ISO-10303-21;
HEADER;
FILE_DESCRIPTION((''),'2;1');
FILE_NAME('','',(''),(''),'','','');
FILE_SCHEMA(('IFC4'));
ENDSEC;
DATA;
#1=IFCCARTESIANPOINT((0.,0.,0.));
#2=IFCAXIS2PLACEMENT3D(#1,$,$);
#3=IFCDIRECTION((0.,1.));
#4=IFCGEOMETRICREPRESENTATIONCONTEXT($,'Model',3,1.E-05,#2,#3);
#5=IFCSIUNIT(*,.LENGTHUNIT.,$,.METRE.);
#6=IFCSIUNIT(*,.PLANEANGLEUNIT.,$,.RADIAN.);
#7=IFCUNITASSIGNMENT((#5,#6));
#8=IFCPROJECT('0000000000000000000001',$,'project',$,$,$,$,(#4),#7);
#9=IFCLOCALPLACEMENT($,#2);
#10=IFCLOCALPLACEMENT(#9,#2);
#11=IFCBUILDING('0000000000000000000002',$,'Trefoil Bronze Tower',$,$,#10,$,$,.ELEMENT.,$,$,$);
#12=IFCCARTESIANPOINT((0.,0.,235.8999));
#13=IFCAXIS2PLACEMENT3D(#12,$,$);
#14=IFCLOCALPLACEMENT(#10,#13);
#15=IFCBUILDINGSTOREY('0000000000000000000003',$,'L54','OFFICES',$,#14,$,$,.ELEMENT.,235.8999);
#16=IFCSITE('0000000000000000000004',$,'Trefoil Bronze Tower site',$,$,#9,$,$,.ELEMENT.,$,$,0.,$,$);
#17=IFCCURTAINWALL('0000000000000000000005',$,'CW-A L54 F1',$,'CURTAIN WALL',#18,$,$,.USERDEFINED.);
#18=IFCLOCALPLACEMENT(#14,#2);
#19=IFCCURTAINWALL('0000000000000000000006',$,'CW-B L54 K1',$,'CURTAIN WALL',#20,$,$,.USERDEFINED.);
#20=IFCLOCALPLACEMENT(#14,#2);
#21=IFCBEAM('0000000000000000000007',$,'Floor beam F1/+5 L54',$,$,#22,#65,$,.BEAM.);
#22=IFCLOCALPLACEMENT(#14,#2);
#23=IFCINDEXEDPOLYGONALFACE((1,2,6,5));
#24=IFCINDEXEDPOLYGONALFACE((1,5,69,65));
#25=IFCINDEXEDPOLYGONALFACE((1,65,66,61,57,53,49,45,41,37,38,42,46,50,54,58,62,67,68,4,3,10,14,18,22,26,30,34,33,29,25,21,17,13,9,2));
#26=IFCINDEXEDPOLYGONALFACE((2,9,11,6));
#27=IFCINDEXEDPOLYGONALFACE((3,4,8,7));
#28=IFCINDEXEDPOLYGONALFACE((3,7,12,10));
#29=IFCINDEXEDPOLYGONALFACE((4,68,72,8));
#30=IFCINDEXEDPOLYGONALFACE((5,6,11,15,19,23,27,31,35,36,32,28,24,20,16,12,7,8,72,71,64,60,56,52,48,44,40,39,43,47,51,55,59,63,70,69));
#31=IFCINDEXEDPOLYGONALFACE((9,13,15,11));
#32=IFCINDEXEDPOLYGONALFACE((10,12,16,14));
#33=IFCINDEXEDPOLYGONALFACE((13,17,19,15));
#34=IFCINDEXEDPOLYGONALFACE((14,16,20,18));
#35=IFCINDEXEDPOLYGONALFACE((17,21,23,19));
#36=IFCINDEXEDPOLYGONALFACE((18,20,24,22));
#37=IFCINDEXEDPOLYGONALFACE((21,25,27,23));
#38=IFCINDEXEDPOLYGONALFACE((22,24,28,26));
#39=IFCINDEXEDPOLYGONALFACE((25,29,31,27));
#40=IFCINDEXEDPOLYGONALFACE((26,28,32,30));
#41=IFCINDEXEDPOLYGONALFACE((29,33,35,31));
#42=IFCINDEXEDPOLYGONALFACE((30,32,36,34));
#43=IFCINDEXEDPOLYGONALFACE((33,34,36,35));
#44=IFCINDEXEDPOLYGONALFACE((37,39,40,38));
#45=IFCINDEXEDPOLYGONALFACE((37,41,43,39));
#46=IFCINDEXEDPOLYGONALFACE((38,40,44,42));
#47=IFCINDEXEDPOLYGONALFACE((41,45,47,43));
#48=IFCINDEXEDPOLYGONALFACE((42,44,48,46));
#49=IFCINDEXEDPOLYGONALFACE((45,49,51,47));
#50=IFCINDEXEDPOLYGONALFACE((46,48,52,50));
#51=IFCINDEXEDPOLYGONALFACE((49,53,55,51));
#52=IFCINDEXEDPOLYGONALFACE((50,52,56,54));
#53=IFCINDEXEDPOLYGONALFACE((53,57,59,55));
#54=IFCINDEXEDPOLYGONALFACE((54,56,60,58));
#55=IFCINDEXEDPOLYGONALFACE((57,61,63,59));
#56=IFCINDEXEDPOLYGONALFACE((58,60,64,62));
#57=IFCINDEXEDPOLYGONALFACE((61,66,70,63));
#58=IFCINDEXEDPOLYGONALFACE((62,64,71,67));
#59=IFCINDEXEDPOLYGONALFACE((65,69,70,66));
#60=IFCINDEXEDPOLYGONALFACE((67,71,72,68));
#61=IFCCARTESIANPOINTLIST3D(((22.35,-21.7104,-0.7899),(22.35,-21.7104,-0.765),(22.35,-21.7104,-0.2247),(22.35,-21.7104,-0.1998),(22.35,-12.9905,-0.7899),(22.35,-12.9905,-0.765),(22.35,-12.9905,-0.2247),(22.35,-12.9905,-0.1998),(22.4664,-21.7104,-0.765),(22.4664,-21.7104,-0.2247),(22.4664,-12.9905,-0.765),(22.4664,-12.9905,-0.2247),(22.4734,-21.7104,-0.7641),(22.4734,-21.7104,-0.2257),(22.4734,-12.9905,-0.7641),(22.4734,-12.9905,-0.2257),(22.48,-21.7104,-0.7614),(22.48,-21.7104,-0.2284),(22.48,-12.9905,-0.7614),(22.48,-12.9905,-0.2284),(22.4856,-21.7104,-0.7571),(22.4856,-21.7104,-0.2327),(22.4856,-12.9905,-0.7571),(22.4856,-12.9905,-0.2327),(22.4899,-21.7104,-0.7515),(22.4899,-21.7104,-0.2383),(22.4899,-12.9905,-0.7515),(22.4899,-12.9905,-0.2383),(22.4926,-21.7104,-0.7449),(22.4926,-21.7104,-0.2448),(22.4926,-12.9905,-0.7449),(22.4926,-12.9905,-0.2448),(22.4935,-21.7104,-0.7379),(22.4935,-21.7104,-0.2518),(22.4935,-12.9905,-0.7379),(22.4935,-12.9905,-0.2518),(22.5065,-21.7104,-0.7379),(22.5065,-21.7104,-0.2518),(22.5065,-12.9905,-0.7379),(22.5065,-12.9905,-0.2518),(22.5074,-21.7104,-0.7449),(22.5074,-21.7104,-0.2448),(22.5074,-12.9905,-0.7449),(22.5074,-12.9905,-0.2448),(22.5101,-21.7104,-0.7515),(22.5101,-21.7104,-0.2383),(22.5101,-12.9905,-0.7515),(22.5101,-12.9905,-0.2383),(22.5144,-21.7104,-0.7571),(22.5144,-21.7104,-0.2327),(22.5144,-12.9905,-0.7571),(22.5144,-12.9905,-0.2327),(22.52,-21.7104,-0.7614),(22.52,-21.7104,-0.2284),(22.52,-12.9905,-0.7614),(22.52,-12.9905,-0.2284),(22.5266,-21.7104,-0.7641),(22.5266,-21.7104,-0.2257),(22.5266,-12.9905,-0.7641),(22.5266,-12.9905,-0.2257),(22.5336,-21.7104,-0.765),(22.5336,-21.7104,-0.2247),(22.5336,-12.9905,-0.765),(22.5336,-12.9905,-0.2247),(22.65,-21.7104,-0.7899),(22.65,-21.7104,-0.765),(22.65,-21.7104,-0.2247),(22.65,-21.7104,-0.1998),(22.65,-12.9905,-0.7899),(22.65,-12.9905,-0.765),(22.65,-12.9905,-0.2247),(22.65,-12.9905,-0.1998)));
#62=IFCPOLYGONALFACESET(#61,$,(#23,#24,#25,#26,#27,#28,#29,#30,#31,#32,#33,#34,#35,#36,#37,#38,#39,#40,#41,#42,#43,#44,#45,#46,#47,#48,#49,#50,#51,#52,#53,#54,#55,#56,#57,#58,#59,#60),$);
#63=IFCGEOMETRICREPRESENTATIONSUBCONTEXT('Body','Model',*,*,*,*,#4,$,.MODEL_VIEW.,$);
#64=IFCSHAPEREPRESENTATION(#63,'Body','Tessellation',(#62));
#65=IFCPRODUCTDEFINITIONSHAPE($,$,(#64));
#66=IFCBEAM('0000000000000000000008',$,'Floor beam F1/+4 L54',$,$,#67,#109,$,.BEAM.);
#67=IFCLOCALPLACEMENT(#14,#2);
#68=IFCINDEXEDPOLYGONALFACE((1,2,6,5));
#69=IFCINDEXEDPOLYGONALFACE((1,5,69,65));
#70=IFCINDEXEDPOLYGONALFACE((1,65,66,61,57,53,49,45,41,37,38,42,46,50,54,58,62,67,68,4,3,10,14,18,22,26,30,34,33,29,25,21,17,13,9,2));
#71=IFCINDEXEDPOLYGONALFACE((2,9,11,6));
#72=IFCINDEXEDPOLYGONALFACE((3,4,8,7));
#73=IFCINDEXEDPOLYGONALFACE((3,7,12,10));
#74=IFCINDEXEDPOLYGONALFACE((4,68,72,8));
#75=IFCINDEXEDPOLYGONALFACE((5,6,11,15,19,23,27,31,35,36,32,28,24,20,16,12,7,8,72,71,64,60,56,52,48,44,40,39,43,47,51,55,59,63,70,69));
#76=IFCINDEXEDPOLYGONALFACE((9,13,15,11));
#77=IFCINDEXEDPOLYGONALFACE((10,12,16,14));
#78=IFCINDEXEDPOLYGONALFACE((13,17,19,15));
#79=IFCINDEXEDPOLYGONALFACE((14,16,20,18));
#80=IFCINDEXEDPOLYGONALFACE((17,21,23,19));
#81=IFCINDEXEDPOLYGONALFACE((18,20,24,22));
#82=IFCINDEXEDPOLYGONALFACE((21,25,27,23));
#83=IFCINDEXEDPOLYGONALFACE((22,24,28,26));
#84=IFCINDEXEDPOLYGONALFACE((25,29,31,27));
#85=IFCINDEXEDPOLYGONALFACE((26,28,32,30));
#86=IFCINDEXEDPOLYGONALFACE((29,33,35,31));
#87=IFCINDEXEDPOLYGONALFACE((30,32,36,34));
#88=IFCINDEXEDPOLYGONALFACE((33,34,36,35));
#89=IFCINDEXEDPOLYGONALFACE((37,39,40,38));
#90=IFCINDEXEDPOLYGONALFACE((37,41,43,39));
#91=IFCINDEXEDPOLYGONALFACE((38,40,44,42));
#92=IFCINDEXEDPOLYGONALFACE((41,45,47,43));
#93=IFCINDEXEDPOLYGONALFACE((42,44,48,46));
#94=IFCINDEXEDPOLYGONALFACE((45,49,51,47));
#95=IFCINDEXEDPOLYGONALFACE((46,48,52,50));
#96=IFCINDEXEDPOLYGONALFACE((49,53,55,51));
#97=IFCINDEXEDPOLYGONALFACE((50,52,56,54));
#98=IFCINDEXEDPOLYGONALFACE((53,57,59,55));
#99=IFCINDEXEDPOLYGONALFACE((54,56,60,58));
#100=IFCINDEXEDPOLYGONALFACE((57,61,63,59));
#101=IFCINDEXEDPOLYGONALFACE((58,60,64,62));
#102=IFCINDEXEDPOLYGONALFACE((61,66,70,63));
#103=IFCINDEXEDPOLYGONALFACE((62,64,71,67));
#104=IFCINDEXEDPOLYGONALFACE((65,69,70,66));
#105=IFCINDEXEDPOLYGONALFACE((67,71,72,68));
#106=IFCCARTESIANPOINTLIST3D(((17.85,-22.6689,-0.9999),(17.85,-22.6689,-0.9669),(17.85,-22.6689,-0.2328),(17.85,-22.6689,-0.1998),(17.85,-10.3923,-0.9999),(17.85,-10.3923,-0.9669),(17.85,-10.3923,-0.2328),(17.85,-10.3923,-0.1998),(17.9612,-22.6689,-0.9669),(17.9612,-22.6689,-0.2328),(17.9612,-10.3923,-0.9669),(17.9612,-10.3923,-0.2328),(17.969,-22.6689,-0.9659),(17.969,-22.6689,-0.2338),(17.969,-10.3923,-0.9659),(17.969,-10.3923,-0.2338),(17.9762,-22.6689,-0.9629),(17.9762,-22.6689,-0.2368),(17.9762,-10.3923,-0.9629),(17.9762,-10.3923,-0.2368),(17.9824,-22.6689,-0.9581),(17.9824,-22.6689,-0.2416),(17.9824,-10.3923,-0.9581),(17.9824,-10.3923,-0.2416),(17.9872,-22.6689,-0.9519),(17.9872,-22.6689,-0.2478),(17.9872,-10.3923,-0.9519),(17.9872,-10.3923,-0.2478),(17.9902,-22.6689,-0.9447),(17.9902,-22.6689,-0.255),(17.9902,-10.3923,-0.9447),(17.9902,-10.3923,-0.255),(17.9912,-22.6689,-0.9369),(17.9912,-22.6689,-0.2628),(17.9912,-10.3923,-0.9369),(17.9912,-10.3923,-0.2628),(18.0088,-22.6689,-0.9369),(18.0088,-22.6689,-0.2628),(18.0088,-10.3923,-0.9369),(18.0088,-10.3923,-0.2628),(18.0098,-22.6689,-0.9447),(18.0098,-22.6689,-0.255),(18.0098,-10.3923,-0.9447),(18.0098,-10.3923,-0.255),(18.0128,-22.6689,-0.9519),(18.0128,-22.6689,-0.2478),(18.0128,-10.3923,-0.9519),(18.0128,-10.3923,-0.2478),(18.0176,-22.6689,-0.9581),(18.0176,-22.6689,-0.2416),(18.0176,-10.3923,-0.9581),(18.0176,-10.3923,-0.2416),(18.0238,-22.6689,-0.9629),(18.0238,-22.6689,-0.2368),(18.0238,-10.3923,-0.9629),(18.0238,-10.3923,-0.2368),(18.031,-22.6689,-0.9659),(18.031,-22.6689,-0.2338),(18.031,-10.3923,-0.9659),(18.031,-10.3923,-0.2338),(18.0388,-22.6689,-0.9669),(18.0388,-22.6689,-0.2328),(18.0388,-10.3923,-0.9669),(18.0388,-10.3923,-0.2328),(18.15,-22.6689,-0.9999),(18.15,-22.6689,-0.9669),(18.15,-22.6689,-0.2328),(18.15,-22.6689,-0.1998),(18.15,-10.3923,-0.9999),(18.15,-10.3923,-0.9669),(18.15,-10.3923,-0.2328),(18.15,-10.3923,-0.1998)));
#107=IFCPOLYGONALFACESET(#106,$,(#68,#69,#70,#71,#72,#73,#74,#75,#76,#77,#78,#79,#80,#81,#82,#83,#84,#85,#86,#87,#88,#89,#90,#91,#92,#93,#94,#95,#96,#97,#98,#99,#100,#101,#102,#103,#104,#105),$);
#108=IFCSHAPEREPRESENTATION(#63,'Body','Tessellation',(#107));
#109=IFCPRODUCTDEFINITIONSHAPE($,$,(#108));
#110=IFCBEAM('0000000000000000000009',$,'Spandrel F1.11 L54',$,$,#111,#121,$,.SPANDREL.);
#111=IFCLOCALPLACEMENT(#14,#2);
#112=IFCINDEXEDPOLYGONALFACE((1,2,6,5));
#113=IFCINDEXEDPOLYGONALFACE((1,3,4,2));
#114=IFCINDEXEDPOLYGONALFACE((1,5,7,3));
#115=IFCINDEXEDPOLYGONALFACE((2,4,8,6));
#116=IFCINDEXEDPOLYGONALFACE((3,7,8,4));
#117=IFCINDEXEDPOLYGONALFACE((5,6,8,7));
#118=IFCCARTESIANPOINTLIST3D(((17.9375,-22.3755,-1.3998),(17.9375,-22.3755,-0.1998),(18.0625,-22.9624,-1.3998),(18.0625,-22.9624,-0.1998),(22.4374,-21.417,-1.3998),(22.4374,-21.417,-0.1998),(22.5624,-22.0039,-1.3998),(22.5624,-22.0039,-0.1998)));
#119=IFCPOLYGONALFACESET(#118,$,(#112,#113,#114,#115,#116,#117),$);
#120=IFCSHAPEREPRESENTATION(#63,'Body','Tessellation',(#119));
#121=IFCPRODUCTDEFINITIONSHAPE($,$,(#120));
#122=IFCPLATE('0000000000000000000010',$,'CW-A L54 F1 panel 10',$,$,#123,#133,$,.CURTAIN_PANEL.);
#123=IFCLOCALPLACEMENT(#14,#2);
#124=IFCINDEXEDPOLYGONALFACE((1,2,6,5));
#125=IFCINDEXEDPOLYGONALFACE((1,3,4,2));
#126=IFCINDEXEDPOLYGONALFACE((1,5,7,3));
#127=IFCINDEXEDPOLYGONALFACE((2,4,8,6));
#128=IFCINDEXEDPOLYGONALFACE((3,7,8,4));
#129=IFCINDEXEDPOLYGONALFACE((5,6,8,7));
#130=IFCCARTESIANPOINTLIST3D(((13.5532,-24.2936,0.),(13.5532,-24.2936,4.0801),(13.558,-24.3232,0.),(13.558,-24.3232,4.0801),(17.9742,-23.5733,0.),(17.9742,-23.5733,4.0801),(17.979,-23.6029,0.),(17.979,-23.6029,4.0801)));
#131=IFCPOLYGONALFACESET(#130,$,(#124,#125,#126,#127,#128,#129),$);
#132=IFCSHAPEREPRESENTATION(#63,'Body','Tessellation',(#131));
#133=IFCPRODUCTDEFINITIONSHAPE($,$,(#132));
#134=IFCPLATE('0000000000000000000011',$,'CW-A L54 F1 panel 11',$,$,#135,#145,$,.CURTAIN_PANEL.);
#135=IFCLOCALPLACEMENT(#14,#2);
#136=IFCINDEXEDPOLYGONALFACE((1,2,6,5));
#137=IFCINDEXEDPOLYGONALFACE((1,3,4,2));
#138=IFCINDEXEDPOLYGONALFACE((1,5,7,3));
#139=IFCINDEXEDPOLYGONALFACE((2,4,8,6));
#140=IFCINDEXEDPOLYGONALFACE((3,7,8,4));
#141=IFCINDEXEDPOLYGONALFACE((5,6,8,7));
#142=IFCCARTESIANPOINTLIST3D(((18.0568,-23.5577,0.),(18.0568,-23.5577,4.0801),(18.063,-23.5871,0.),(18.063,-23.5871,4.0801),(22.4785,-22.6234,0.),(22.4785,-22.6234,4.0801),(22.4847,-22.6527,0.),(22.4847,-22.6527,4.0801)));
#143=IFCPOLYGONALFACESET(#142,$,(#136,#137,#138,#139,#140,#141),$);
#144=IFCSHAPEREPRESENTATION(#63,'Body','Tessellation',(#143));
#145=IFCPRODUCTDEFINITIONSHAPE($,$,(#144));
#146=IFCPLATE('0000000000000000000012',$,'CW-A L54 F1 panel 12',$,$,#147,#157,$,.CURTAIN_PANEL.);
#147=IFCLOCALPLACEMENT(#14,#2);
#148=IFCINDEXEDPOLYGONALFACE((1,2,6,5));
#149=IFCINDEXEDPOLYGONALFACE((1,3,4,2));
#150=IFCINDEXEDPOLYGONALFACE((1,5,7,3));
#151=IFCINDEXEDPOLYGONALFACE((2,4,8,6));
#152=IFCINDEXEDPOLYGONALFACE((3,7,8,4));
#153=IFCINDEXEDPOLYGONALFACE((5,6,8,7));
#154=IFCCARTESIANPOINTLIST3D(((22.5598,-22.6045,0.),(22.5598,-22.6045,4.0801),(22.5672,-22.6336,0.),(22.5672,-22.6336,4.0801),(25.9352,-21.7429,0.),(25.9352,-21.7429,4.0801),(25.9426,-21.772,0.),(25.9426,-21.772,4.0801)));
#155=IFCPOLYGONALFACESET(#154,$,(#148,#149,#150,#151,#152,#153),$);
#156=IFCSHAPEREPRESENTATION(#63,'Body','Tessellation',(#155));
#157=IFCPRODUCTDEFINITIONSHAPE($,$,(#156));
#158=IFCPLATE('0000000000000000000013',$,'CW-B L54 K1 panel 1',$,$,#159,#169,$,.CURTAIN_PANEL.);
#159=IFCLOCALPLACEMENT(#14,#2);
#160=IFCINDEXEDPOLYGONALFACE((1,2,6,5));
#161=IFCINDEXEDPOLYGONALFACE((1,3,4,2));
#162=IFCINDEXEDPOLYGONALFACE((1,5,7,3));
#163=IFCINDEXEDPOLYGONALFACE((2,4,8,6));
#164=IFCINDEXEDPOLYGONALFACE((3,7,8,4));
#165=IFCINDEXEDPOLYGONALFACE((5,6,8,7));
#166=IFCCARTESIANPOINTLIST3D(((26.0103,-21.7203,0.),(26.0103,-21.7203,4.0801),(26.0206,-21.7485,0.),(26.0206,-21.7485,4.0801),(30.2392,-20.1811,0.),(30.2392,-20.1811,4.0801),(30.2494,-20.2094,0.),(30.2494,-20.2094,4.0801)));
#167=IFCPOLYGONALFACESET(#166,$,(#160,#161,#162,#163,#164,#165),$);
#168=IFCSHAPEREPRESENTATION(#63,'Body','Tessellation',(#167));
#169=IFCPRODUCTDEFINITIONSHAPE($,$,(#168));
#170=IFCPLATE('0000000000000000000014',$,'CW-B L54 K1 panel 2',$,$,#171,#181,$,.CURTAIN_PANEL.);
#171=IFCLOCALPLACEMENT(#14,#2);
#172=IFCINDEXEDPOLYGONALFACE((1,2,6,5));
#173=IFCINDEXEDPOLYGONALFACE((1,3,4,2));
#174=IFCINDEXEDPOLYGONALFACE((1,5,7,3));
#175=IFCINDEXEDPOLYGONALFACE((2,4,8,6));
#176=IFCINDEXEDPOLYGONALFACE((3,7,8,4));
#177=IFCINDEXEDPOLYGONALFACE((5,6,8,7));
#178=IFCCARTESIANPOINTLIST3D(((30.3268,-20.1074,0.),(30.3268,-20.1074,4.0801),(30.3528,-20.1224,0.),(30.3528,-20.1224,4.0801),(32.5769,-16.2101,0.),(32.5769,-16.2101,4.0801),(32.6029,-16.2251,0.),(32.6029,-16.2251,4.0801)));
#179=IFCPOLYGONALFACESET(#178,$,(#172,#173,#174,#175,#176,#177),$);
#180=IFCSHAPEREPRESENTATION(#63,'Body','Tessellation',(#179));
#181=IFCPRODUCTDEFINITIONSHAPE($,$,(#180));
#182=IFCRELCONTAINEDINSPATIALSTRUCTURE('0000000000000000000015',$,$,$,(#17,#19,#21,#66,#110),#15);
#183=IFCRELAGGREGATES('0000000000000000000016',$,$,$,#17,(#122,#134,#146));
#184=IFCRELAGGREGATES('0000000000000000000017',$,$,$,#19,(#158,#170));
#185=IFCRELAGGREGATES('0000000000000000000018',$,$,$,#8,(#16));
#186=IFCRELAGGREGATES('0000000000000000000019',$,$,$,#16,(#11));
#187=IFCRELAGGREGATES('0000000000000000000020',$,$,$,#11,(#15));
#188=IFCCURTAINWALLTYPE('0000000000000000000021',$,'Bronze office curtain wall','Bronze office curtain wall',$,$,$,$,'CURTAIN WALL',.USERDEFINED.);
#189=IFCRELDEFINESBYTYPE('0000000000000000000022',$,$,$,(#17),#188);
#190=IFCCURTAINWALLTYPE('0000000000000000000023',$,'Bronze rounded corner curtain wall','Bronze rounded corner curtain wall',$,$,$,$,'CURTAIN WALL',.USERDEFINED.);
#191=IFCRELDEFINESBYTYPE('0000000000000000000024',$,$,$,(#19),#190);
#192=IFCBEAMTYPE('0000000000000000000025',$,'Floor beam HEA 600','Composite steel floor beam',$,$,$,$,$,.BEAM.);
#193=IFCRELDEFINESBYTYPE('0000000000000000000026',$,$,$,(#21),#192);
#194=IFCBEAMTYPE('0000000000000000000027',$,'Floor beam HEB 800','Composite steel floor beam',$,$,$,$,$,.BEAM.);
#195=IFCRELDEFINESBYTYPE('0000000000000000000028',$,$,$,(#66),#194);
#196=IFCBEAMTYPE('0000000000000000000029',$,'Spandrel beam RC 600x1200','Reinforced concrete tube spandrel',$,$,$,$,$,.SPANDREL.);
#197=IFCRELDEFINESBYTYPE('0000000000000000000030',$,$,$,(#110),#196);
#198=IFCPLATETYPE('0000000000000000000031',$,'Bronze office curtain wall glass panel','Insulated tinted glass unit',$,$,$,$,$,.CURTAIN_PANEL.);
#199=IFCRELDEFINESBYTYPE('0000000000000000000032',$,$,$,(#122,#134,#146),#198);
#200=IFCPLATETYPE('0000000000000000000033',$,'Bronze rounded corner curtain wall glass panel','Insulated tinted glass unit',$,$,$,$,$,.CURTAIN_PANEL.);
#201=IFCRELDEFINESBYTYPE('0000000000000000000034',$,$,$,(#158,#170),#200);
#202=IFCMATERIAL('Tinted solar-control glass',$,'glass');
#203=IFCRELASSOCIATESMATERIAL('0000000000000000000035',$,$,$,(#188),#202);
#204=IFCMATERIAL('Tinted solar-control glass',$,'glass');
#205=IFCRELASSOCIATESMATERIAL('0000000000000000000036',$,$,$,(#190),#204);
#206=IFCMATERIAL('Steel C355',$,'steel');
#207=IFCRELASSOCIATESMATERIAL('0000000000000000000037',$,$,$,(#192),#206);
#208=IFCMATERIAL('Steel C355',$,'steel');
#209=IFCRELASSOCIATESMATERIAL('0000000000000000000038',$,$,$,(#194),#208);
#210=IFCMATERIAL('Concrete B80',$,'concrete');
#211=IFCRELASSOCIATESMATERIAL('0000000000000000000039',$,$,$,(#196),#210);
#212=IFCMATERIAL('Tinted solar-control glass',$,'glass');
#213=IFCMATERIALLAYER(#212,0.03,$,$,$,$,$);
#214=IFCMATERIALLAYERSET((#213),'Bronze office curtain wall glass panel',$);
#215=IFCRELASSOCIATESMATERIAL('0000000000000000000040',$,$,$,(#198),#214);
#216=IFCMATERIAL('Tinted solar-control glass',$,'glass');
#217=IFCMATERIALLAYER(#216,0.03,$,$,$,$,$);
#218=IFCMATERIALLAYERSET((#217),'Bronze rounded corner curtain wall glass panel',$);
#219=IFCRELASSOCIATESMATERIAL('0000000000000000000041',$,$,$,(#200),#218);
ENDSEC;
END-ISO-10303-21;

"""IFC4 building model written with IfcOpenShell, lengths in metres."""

from ifc_helpers import new_model, si_unit, direction, frame, origin, origin_2d, place, context, subcontext, project, spatial, rectangle, i_section, extrude, material, layer, layer_set, material_profile, profile_set, type_object, element, aggregate, save


model = new_model("IFC4")

# Units and contexts
model_context = context("Model", 3, precision=1e-05, world=origin(), true_north=direction((0.0, 1.0)))
body_context = subcontext(model_context, "Body", "Model", "MODEL_VIEW")
ifc_project = project(units=[si_unit("LENGTHUNIT", "METRE"), si_unit("PLANEANGLEUNIT", "RADIAN")], contexts=[model_context])

# Site, building, storey
site_placement = place(None, origin())
site = spatial("IfcSite", under=ifc_project, at=site_placement, Name="Trefoil Bronze Tower site", CompositionType="ELEMENT", RefElevation=0.0)
building_placement = place(site_placement, origin())
building = spatial("IfcBuilding", under=site, at=building_placement, Name="Trefoil Bronze Tower", CompositionType="ELEMENT")
storey_placement = place(building_placement, frame((0.0, 0.0, 235.8999)))
storey = spatial("IfcBuildingStorey", under=building, at=storey_placement, Name="L54", Description="OFFICES", CompositionType="ELEMENT", Elevation=235.8999)

# Curtain walls
ifc_material_1 = material(Name="Tinted solar-control glass", Category="glass")
curtain_wall_type_1 = type_object("IfcCurtainWallType", Name="Bronze office curtain wall", Description="Bronze office curtain wall", ElementType="CURTAIN WALL", PredefinedType="USERDEFINED", material=ifc_material_1)
curtain_wall_1_placement = place(storey_placement, origin())
curtain_wall_1 = element("IfcCurtainWall", 1, at=curtain_wall_1_placement, inside=storey, type_object=curtain_wall_type_1, Name="CW-A L54 F1", ObjectType="CURTAIN WALL", PredefinedType="USERDEFINED")
ifc_material_2 = material(Name="Tinted solar-control glass", Category="glass")
curtain_wall_type_2 = type_object("IfcCurtainWallType", Name="Bronze rounded corner curtain wall", Description="Bronze rounded corner curtain wall", ElementType="CURTAIN WALL", PredefinedType="USERDEFINED", material=ifc_material_2)
curtain_wall_2_placement = place(storey_placement, origin())
curtain_wall_2 = element("IfcCurtainWall", 2, at=curtain_wall_2_placement, inside=storey, type_object=curtain_wall_type_2, Name="CW-B L54 K1", ObjectType="CURTAIN WALL", PredefinedType="USERDEFINED")

# Beams
ifc_material_3 = material(Name="Steel C355", Category="steel")
ifc_material_profile_1 = material_profile(ifc_material_3, i_section(OverallWidth=0.3, OverallDepth=0.5901, WebThickness=0.0129, FlangeThickness=0.0249, FilletRadius=0.0271, at=origin_2d()), Name="HEA 600")
ifc_profile_set_1 = profile_set([ifc_material_profile_1], Name="Steel C355")
beam_type_1 = type_object("IfcBeamType", Name="Floor beam HEA 600", Description="Composite steel floor beam", PredefinedType="BEAM", material=ifc_profile_set_1)
beam_1_placement = place(storey_placement, frame((22.5, -21.7104, -0.4949), z_axis=(0.0, 1.0, 0.0), x_axis=(-1.0, 0.0, 0.0)))
element("IfcBeam", 3, at=beam_1_placement, inside=storey, type_object=beam_type_1, Name="Floor beam F1/+5 L54", PredefinedType="BEAM", context=body_context, shape_type="SweptSolid", body=[
    extrude(i_section(OverallWidth=0.3, OverallDepth=0.5901, WebThickness=0.0129, FlangeThickness=0.0249, FilletRadius=0.0271, at=origin_2d()), origin(), (0.0, 0.0, 1.0), 8.72),
])
ifc_material_4 = material(Name="Steel C355", Category="steel")
ifc_material_profile_2 = material_profile(ifc_material_4, i_section(OverallWidth=0.3, OverallDepth=0.8, WebThickness=0.0176, FlangeThickness=0.033, FilletRadius=0.03, at=origin_2d()), Name="HEB 800")
ifc_profile_set_2 = profile_set([ifc_material_profile_2], Name="Steel C355")
beam_type_2 = type_object("IfcBeamType", Name="Floor beam HEB 800", Description="Composite steel floor beam", PredefinedType="BEAM", material=ifc_profile_set_2)
beam_2_placement = place(storey_placement, frame((18.0, -22.6689, -0.5999), z_axis=(0.0, 1.0, 0.0), x_axis=(-1.0, 0.0, 0.0)))
element("IfcBeam", 4, at=beam_2_placement, inside=storey, type_object=beam_type_2, Name="Floor beam F1/+4 L54", PredefinedType="BEAM", context=body_context, shape_type="SweptSolid", body=[
    extrude(i_section(OverallWidth=0.3, OverallDepth=0.8, WebThickness=0.0176, FlangeThickness=0.033, FilletRadius=0.03, at=origin_2d()), origin(), (0.0, 0.0, 1.0), 12.2766),
])
ifc_material_5 = material(Name="Concrete B80", Category="concrete")
ifc_material_profile_3 = material_profile(ifc_material_5, rectangle(XDim=0.6001, YDim=1.2, at=origin_2d()), Name="RC 600x1200")
ifc_profile_set_3 = profile_set([ifc_material_profile_3], Name="Concrete B80")
beam_type_3 = type_object("IfcBeamType", Name="Spandrel beam RC 600x1200", Description="Reinforced concrete tube spandrel", PredefinedType="SPANDREL", material=ifc_profile_set_3)
beam_3_placement = place(storey_placement, frame((18.0, -22.6689, -0.7998), z_axis=(0.978059, 0.208326, 0.0), x_axis=(-0.208326, 0.978059, 0.0)))
element("IfcBeam", 5, at=beam_3_placement, inside=storey, type_object=beam_type_3, Name="Spandrel F1.11 L54", PredefinedType="SPANDREL", context=body_context, shape_type="SweptSolid", body=[
    extrude(rectangle(XDim=0.6001, YDim=1.2, at=origin_2d()), origin(), (0.0, 0.0, 1.0), 4.6008),
])

# Plates
ifc_material_6 = material(Name="Tinted solar-control glass", Category="glass")
ifc_layer_1 = layer(ifc_material_6, 0.03)
ifc_layer_set_1 = layer_set([ifc_layer_1], Name="Bronze office curtain wall glass panel")
plate_type_1 = type_object("IfcPlateType", Name="Bronze office curtain wall glass panel", Description="Insulated tinted glass unit", PredefinedType="CURTAIN_PANEL", material=ifc_layer_set_1)
plate_1_placement = place(storey_placement, frame((15.7661, -23.9482, 0.0), z_axis=(0.0, 0.0, 1.0), x_axis=(0.986987, 0.160803, 0.0)))
plate_1 = element("IfcPlate", 6, at=plate_1_placement, type_object=plate_type_1, Name="CW-A L54 F1 panel 10", PredefinedType="CURTAIN_PANEL", context=body_context, shape_type="SweptSolid", body=[
    extrude(rectangle(XDim=4.4792, YDim=0.03, at=origin_2d()), origin(), (0.0, 0.0, 1.0), 4.0801),
])
plate_2_placement = place(storey_placement, frame((20.2708, -23.1052, 0.0), z_axis=(0.0, 0.0, 1.0), x_axis=(0.978394, 0.206747, 0.0)))
plate_2 = element("IfcPlate", 7, at=plate_2_placement, type_object=plate_type_1, Name="CW-A L54 F1 panel 11", PredefinedType="CURTAIN_PANEL", context=body_context, shape_type="SweptSolid", body=[
    extrude(rectangle(XDim=4.5193, YDim=0.03, at=origin_2d()), origin(), (0.0, 0.0, 1.0), 4.0801),
])
plate_3_placement = place(storey_placement, frame((24.2512, -22.1882, 0.0), z_axis=(0.0, 0.0, 1.0), x_axis=(0.968934, 0.247319, 0.0)))
plate_3 = element("IfcPlate", 8, at=plate_3_placement, type_object=plate_type_1, Name="CW-A L54 F1 panel 12", PredefinedType="CURTAIN_PANEL", context=body_context, shape_type="SweptSolid", body=[
    extrude(rectangle(XDim=3.4836, YDim=0.03, at=origin_2d()), origin(), (0.0, 0.0, 1.0), 4.0801),
])
aggregate(curtain_wall_1, [plate_1, plate_2, plate_3])
ifc_material_7 = material(Name="Tinted solar-control glass", Category="glass")
ifc_layer_2 = layer(ifc_material_7, 0.03)
ifc_layer_set_2 = layer_set([ifc_layer_2], Name="Bronze rounded corner curtain wall glass panel")
plate_type_2 = type_object("IfcPlateType", Name="Bronze rounded corner curtain wall glass panel", Description="Insulated tinted glass unit", PredefinedType="CURTAIN_PANEL", material=ifc_layer_set_2)
plate_4_placement = place(storey_placement, frame((28.1299, -20.9648, 0.0), z_axis=(0.0, 0.0, 1.0), x_axis=(0.939693, 0.34202, 0.0)))
plate_4 = element("IfcPlate", 9, at=plate_4_placement, type_object=plate_type_2, Name="CW-B L54 K1 panel 1", PredefinedType="CURTAIN_PANEL", context=body_context, shape_type="SweptSolid", body=[
    extrude(rectangle(XDim=4.5002, YDim=0.03, at=origin_2d()), origin(), (0.0, 0.0, 1.0), 4.0801),
])
plate_5_placement = place(storey_placement, frame((31.4648, -18.1663, 0.0), z_axis=(0.0, 0.0, 1.0), x_axis=(0.5, 0.866025, 0.0)))
plate_5 = element("IfcPlate", 10, at=plate_5_placement, type_object=plate_type_2, Name="CW-B L54 K1 panel 2", PredefinedType="CURTAIN_PANEL", context=body_context, shape_type="SweptSolid", body=[
    extrude(rectangle(XDim=4.5002, YDim=0.03, at=origin_2d()), origin(), (0.0, 0.0, 1.0), 4.0801),
])
aggregate(curtain_wall_2, [plate_4, plate_5])

save(model, "model.ifc")
